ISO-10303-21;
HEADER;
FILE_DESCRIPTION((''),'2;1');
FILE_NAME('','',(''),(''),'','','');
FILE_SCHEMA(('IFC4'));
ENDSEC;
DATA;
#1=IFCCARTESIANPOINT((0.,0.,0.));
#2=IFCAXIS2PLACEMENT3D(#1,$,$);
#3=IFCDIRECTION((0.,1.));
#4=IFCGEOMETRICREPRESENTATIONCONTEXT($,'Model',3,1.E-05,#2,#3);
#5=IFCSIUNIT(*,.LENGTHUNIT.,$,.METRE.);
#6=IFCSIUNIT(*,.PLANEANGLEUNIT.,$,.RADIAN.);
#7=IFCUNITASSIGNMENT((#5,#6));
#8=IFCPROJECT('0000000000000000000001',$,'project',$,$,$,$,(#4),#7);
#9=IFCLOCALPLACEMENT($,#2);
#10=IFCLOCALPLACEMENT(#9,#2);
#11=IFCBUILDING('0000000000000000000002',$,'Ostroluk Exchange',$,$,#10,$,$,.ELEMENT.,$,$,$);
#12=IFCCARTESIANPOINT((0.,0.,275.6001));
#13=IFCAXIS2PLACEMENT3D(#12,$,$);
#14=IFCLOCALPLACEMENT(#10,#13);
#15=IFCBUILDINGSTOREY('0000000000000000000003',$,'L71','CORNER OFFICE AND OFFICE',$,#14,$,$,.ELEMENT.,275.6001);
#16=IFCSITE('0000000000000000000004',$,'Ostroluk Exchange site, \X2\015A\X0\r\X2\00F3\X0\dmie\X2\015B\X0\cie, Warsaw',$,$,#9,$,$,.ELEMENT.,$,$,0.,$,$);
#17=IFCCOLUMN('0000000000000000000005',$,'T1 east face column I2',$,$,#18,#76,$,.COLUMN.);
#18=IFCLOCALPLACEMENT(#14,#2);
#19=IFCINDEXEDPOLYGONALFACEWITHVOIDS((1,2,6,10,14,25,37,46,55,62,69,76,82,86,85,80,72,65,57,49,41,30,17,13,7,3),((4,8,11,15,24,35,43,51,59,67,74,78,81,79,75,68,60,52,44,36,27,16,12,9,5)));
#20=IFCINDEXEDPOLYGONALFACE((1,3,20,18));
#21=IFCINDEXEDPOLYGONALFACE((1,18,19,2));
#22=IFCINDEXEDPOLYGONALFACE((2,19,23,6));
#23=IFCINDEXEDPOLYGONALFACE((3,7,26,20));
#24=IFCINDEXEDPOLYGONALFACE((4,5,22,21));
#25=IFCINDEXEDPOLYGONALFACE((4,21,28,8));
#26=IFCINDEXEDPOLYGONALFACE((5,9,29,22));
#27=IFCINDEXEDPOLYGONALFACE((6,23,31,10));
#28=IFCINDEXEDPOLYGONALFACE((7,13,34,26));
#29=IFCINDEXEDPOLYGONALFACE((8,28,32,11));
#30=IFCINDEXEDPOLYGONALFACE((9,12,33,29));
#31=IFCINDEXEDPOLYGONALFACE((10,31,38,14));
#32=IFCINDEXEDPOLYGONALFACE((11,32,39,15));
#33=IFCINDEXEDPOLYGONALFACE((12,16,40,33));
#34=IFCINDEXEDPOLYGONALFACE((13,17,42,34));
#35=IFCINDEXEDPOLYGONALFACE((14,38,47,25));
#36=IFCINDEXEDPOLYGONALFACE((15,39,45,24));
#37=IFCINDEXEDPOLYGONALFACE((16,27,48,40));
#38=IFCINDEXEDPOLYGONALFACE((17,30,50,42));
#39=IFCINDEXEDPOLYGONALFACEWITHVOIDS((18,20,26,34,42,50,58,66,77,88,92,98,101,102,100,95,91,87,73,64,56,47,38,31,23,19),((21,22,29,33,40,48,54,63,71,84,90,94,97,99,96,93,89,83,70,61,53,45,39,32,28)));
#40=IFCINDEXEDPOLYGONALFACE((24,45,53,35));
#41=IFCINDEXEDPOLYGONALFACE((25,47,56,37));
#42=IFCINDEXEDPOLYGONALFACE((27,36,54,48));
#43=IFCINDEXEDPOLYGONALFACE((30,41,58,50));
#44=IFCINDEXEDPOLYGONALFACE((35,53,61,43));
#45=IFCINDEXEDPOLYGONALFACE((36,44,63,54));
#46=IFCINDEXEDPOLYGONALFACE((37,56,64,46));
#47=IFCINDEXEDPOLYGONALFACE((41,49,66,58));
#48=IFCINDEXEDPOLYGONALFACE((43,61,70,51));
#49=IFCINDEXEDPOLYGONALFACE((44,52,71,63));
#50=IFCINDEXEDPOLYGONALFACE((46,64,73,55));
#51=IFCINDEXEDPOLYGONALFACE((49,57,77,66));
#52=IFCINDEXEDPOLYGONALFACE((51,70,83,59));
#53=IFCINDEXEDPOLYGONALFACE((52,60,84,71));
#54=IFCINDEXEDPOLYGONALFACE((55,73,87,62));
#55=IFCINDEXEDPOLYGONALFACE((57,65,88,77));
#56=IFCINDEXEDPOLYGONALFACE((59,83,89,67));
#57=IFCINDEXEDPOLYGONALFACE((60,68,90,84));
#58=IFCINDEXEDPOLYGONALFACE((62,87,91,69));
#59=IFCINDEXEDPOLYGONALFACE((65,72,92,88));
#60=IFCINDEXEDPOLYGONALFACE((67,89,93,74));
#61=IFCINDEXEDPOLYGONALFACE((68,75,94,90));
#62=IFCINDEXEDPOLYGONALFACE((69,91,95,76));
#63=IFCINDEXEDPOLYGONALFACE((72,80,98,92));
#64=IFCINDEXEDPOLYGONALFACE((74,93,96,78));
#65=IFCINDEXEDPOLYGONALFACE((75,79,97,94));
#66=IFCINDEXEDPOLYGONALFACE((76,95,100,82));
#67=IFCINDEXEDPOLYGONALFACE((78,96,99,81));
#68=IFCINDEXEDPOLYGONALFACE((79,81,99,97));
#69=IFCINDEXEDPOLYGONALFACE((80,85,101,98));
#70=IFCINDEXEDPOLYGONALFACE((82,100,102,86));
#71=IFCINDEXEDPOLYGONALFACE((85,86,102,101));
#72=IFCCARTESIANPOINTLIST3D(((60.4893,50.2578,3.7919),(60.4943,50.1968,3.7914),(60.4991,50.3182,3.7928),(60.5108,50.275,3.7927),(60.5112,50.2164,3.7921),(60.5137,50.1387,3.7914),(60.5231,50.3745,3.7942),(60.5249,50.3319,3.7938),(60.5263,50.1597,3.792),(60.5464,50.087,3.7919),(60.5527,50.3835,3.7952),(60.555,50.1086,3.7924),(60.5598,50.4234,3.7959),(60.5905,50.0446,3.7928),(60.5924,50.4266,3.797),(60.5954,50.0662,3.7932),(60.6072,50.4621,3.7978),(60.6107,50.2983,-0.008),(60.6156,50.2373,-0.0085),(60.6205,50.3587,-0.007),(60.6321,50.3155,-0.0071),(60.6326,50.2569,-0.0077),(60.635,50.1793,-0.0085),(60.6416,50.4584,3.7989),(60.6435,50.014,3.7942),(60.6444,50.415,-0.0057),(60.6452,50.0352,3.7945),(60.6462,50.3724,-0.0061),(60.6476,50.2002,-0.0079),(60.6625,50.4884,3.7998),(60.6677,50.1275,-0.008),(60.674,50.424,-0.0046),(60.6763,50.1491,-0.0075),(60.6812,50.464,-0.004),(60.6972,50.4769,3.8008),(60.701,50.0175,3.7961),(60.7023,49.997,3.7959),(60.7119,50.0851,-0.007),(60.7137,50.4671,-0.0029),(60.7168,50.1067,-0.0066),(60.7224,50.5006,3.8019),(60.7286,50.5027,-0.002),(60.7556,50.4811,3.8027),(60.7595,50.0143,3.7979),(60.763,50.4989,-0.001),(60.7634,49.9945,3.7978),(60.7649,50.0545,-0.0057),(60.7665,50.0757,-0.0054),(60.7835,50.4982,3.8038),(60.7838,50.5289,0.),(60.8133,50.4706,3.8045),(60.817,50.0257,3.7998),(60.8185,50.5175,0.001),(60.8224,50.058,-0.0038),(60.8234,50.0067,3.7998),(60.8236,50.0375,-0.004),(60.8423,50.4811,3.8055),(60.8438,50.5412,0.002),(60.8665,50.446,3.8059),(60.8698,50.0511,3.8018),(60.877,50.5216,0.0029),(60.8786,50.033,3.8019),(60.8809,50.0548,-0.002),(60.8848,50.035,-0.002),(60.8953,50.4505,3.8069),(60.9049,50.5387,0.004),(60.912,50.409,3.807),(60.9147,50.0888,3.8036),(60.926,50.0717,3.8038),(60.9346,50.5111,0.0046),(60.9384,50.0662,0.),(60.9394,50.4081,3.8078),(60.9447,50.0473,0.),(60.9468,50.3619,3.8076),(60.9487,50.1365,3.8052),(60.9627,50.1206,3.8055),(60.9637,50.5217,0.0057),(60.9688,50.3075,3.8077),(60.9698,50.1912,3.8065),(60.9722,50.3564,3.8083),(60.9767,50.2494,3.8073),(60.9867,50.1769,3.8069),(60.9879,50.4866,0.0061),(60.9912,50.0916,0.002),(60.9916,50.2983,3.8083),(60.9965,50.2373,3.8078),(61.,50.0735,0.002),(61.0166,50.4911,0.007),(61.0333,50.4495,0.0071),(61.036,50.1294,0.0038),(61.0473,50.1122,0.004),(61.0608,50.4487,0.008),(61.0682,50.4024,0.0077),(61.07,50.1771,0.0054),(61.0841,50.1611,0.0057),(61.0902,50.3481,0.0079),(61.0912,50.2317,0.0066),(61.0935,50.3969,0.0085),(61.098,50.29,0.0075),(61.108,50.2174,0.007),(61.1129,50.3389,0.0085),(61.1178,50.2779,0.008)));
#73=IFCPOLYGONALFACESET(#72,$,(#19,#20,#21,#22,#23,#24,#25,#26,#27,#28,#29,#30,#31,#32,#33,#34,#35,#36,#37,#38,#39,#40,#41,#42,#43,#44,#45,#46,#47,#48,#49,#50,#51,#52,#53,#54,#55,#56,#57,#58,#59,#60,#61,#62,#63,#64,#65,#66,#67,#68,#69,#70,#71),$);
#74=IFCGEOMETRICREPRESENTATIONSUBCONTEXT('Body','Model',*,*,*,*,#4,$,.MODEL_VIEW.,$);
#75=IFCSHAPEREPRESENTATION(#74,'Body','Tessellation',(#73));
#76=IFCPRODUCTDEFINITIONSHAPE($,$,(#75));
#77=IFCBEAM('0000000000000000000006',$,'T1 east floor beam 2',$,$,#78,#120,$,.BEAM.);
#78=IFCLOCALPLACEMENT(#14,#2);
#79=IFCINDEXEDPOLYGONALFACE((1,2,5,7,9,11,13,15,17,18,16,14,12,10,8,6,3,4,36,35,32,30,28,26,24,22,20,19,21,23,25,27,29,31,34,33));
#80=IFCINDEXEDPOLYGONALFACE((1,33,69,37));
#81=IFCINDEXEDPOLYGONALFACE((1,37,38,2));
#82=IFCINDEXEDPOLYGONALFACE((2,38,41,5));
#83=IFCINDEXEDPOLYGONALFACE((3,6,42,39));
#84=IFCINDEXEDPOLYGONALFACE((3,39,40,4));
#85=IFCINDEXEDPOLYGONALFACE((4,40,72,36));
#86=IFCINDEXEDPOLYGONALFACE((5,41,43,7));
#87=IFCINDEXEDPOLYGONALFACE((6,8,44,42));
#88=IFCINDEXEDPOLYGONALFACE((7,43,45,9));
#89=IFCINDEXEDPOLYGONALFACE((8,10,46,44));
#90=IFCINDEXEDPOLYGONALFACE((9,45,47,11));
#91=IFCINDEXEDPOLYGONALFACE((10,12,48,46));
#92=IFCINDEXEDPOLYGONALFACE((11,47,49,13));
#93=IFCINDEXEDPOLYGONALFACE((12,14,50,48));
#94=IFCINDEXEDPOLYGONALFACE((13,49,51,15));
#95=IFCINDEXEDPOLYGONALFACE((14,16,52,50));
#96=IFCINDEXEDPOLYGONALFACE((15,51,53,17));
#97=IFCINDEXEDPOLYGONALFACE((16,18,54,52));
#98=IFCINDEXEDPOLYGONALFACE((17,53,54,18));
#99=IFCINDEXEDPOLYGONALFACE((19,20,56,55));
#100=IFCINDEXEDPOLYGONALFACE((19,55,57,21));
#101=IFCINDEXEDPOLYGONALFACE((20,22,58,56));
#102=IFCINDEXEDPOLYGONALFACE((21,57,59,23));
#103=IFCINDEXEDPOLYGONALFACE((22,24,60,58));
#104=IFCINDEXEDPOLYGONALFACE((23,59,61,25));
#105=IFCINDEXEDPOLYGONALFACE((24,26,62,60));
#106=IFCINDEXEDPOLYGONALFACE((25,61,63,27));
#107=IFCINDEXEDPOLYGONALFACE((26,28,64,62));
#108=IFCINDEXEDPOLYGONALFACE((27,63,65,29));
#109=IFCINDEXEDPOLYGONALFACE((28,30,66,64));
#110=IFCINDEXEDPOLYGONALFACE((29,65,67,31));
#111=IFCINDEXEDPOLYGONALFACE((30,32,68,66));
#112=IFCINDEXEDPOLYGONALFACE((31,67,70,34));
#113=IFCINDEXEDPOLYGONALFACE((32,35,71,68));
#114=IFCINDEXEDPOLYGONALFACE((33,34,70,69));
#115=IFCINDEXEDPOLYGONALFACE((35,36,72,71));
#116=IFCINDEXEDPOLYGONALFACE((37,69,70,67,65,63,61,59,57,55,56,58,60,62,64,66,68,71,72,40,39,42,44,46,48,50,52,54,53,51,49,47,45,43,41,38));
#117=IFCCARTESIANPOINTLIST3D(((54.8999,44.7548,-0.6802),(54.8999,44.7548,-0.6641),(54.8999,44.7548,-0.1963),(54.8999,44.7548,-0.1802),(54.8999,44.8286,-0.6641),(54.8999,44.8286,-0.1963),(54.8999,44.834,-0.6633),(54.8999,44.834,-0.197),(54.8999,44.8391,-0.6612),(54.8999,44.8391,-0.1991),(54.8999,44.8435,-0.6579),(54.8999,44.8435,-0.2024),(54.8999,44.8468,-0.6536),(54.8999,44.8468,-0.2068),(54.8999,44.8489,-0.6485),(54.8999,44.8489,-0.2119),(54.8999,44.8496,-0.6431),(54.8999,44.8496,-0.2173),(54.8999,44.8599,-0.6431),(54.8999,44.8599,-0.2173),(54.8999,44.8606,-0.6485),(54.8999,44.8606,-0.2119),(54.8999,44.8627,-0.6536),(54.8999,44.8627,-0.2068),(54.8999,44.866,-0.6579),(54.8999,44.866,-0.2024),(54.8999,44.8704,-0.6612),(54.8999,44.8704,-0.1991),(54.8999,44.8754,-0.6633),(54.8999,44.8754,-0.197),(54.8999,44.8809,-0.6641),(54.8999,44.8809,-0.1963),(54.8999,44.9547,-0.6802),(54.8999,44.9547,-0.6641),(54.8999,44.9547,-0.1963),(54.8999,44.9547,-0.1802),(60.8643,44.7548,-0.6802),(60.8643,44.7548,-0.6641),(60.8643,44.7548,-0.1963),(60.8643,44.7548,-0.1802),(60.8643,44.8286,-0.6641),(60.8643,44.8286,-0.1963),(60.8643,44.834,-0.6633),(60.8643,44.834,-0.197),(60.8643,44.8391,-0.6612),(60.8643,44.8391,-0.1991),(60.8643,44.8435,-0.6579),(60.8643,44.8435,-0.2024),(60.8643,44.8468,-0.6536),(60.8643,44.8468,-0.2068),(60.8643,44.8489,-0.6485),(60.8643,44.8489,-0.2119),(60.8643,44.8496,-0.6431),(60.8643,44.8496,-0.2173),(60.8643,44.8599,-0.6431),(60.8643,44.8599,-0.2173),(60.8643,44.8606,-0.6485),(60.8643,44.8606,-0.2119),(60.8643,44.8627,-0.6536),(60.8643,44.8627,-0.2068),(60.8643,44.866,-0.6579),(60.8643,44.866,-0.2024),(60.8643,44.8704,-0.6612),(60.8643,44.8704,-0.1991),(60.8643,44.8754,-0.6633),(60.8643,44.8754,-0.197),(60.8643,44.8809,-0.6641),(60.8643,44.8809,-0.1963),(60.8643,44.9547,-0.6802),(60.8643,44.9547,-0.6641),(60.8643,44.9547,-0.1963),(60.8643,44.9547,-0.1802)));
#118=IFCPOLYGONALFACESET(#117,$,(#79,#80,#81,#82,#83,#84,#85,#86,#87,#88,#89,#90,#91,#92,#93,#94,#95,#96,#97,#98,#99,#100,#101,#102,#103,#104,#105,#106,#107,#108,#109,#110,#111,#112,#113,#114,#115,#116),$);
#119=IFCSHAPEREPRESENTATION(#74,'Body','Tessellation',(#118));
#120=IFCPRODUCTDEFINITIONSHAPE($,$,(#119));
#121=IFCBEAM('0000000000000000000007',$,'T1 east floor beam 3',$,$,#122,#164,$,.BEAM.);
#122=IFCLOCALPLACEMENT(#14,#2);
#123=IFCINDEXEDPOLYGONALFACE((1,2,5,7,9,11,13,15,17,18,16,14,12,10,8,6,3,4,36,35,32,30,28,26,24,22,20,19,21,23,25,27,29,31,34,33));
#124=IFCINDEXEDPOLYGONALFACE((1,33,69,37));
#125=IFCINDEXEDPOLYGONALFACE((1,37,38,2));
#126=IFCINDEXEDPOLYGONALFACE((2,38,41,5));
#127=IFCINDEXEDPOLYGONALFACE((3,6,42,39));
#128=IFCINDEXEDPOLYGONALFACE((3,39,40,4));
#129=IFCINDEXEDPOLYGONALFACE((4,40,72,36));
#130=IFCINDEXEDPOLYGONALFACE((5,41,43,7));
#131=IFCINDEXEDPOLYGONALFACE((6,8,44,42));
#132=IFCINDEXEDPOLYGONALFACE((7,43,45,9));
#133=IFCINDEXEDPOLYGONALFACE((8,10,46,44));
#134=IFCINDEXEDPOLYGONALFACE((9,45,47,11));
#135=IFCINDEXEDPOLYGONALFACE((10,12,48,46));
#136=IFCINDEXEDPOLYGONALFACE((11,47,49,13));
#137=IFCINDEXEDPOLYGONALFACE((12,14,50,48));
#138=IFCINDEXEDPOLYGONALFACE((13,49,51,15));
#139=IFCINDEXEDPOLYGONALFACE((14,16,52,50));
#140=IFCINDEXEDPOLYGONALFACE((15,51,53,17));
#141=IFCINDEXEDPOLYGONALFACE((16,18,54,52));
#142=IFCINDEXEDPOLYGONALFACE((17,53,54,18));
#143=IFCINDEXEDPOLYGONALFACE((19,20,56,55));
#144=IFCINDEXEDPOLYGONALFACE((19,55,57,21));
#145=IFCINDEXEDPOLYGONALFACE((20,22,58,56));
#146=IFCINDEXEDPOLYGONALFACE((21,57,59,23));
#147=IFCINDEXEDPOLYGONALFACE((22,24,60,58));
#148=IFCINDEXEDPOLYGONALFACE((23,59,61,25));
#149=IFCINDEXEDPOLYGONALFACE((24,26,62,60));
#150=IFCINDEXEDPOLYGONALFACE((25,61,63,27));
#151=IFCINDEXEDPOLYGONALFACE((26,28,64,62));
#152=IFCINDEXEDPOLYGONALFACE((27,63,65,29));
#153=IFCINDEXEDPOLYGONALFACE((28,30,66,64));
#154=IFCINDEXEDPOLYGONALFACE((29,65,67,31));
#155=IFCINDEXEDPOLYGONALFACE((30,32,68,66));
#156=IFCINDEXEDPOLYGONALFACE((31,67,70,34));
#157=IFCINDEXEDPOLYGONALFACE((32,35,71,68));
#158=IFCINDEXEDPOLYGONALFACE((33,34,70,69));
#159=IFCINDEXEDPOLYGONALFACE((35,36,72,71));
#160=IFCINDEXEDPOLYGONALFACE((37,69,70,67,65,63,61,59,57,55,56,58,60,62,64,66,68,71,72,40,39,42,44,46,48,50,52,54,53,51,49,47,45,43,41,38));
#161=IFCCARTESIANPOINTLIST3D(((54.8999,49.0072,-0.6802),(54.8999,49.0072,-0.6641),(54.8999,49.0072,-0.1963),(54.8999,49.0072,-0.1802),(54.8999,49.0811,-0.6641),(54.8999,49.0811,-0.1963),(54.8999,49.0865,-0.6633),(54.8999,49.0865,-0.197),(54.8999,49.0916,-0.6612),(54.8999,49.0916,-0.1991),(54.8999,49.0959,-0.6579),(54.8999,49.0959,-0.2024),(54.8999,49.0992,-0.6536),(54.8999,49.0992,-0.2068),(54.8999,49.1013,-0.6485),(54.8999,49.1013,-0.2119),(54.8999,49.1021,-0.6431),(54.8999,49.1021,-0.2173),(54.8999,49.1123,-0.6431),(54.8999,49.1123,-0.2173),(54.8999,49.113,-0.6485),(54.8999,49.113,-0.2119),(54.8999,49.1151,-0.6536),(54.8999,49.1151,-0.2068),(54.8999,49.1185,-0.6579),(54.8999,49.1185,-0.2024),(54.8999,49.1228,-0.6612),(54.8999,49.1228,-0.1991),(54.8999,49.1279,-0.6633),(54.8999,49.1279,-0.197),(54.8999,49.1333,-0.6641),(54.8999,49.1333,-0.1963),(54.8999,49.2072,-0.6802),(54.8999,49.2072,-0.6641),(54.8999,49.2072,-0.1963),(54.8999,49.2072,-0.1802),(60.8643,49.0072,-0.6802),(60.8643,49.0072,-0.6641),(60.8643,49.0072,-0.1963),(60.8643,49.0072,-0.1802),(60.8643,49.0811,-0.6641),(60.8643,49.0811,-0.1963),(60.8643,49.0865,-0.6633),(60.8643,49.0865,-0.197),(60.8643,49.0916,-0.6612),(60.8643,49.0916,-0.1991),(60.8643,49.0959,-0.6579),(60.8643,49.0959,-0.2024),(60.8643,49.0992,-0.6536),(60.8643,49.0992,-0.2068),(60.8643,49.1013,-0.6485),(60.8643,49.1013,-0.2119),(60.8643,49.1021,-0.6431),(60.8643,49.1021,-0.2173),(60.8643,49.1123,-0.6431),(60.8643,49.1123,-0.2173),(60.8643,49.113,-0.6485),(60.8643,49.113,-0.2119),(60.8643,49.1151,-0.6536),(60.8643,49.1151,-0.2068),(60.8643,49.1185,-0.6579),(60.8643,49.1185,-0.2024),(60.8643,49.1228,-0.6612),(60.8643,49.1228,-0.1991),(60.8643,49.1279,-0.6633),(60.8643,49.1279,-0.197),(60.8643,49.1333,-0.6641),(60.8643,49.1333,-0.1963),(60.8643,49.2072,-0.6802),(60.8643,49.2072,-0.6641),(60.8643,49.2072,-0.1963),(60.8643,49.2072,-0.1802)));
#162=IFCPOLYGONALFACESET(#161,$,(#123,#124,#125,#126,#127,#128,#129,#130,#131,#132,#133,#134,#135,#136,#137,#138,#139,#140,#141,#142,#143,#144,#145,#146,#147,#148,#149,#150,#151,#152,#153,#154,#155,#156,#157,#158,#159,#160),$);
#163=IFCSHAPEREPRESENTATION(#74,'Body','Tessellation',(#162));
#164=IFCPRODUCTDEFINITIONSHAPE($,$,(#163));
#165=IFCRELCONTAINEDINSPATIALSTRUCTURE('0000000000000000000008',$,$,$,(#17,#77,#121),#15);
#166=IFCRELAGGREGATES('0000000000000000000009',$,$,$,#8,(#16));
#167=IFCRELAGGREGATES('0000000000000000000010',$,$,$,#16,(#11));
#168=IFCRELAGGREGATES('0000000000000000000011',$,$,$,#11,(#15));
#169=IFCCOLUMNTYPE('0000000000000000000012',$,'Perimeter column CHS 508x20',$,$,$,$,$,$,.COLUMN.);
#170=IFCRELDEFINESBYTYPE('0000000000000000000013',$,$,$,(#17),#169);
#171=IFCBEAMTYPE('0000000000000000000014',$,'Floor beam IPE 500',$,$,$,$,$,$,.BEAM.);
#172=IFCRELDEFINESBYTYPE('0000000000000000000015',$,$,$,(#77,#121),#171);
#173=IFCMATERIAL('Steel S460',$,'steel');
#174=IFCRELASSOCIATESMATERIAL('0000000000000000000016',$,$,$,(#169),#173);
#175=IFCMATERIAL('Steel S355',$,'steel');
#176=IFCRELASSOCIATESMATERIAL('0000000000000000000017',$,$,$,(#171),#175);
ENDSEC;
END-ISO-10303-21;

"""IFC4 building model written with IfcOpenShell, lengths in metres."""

from ifc_helpers import new_model, si_unit, direction, frame, origin, origin_2d, place, context, subcontext, project, spatial, hollow_circle, i_section, extrude, material, material_profile, profile_set, type_object, element, save


model = new_model("IFC4")

# Units and contexts
model_context = context("Model", 3, precision=1e-05, world=origin(), true_north=direction((0.0, 1.0)))
body_context = subcontext(model_context, "Body", "Model", "MODEL_VIEW")
ifc_project = project(units=[si_unit("LENGTHUNIT", "METRE"), si_unit("PLANEANGLEUNIT", "RADIAN")], contexts=[model_context])

# Site, building, storey
site_placement = place(None, origin())
site = spatial("IfcSite", under=ifc_project, at=site_placement, Name="Ostroluk Exchange site, Śródmieście, Warsaw", CompositionType="ELEMENT", RefElevation=0.0)
building_placement = place(site_placement, origin())
building = spatial("IfcBuilding", under=site, at=building_placement, Name="Ostroluk Exchange", CompositionType="ELEMENT")
storey_placement = place(building_placement, frame((0.0, 0.0, 275.6001)))
storey = spatial("IfcBuildingStorey", under=building, at=storey_placement, Name="L71", Description="CORNER OFFICE AND OFFICE", CompositionType="ELEMENT", Elevation=275.6001)

# Column
ifc_material_1 = material(Name="Steel S460", Category="steel")
ifc_material_profile_1 = material_profile(ifc_material_1, hollow_circle(Radius=0.2539, WallThickness=0.02, at=origin_2d()), Name="CHS 508x20")
ifc_profile_set_1 = profile_set([ifc_material_profile_1], Name="Steel S460")
column_type = type_object("IfcColumnType", Name="Perimeter column CHS 508x20", PredefinedType="COLUMN", material=ifc_profile_set_1)
column_placement = place(storey_placement, frame((60.8643, 50.2881, 0.0), z_axis=(-0.031915, -0.01066, 0.999434), x_axis=(0.3168, -0.948492, 0.0)))
element("IfcColumn", 1, at=column_placement, inside=storey, type_object=column_type, Name="T1 east face column I2", PredefinedType="COLUMN", context=body_context, shape_type="SweptSolid", body=[
    extrude(hollow_circle(Radius=0.2539, WallThickness=0.02, at=origin_2d()), origin(), (0.0, 0.0, 1.0), 3.802),
])

# Beams
ifc_material_2 = material(Name="Steel S355", Category="steel")
ifc_material_profile_2 = material_profile(ifc_material_2, i_section(OverallWidth=0.2, OverallDepth=0.5, WebThickness=0.0103, FlangeThickness=0.0161, FilletRadius=0.021, at=origin_2d()), Name="IPE 500")
ifc_profile_set_2 = profile_set([ifc_material_profile_2], Name="Steel S355")
beam_type_1 = type_object("IfcBeamType", Name="Floor beam IPE 500", PredefinedType="BEAM", material=ifc_profile_set_2)
for number, where, z_axis, x_axis, name in (
    (2, (54.8999, 44.8547, -0.4302), (1.0, 0.0, 0.0), (0.0, 1.0, 0.0), "T1 east floor beam 2"),
    (3, (54.8999, 49.1072, -0.4302), (1.0, 0.0, 0.0), (0.0, 1.0, 0.0), "T1 east floor beam 3"),
):
    element("IfcBeam", number, at=place(storey_placement, frame(where, z_axis=z_axis, x_axis=x_axis)), inside=storey, type_object=beam_type_1, Name=name, PredefinedType="BEAM", context=body_context, shape_type="SweptSolid", body=[
        extrude(i_section(OverallWidth=0.2, OverallDepth=0.5, WebThickness=0.0103, FlangeThickness=0.0161, FilletRadius=0.021, at=origin_2d()), origin(), (0.0, 0.0, 1.0), 5.9644),
    ])

save(model, "model.ifc")
